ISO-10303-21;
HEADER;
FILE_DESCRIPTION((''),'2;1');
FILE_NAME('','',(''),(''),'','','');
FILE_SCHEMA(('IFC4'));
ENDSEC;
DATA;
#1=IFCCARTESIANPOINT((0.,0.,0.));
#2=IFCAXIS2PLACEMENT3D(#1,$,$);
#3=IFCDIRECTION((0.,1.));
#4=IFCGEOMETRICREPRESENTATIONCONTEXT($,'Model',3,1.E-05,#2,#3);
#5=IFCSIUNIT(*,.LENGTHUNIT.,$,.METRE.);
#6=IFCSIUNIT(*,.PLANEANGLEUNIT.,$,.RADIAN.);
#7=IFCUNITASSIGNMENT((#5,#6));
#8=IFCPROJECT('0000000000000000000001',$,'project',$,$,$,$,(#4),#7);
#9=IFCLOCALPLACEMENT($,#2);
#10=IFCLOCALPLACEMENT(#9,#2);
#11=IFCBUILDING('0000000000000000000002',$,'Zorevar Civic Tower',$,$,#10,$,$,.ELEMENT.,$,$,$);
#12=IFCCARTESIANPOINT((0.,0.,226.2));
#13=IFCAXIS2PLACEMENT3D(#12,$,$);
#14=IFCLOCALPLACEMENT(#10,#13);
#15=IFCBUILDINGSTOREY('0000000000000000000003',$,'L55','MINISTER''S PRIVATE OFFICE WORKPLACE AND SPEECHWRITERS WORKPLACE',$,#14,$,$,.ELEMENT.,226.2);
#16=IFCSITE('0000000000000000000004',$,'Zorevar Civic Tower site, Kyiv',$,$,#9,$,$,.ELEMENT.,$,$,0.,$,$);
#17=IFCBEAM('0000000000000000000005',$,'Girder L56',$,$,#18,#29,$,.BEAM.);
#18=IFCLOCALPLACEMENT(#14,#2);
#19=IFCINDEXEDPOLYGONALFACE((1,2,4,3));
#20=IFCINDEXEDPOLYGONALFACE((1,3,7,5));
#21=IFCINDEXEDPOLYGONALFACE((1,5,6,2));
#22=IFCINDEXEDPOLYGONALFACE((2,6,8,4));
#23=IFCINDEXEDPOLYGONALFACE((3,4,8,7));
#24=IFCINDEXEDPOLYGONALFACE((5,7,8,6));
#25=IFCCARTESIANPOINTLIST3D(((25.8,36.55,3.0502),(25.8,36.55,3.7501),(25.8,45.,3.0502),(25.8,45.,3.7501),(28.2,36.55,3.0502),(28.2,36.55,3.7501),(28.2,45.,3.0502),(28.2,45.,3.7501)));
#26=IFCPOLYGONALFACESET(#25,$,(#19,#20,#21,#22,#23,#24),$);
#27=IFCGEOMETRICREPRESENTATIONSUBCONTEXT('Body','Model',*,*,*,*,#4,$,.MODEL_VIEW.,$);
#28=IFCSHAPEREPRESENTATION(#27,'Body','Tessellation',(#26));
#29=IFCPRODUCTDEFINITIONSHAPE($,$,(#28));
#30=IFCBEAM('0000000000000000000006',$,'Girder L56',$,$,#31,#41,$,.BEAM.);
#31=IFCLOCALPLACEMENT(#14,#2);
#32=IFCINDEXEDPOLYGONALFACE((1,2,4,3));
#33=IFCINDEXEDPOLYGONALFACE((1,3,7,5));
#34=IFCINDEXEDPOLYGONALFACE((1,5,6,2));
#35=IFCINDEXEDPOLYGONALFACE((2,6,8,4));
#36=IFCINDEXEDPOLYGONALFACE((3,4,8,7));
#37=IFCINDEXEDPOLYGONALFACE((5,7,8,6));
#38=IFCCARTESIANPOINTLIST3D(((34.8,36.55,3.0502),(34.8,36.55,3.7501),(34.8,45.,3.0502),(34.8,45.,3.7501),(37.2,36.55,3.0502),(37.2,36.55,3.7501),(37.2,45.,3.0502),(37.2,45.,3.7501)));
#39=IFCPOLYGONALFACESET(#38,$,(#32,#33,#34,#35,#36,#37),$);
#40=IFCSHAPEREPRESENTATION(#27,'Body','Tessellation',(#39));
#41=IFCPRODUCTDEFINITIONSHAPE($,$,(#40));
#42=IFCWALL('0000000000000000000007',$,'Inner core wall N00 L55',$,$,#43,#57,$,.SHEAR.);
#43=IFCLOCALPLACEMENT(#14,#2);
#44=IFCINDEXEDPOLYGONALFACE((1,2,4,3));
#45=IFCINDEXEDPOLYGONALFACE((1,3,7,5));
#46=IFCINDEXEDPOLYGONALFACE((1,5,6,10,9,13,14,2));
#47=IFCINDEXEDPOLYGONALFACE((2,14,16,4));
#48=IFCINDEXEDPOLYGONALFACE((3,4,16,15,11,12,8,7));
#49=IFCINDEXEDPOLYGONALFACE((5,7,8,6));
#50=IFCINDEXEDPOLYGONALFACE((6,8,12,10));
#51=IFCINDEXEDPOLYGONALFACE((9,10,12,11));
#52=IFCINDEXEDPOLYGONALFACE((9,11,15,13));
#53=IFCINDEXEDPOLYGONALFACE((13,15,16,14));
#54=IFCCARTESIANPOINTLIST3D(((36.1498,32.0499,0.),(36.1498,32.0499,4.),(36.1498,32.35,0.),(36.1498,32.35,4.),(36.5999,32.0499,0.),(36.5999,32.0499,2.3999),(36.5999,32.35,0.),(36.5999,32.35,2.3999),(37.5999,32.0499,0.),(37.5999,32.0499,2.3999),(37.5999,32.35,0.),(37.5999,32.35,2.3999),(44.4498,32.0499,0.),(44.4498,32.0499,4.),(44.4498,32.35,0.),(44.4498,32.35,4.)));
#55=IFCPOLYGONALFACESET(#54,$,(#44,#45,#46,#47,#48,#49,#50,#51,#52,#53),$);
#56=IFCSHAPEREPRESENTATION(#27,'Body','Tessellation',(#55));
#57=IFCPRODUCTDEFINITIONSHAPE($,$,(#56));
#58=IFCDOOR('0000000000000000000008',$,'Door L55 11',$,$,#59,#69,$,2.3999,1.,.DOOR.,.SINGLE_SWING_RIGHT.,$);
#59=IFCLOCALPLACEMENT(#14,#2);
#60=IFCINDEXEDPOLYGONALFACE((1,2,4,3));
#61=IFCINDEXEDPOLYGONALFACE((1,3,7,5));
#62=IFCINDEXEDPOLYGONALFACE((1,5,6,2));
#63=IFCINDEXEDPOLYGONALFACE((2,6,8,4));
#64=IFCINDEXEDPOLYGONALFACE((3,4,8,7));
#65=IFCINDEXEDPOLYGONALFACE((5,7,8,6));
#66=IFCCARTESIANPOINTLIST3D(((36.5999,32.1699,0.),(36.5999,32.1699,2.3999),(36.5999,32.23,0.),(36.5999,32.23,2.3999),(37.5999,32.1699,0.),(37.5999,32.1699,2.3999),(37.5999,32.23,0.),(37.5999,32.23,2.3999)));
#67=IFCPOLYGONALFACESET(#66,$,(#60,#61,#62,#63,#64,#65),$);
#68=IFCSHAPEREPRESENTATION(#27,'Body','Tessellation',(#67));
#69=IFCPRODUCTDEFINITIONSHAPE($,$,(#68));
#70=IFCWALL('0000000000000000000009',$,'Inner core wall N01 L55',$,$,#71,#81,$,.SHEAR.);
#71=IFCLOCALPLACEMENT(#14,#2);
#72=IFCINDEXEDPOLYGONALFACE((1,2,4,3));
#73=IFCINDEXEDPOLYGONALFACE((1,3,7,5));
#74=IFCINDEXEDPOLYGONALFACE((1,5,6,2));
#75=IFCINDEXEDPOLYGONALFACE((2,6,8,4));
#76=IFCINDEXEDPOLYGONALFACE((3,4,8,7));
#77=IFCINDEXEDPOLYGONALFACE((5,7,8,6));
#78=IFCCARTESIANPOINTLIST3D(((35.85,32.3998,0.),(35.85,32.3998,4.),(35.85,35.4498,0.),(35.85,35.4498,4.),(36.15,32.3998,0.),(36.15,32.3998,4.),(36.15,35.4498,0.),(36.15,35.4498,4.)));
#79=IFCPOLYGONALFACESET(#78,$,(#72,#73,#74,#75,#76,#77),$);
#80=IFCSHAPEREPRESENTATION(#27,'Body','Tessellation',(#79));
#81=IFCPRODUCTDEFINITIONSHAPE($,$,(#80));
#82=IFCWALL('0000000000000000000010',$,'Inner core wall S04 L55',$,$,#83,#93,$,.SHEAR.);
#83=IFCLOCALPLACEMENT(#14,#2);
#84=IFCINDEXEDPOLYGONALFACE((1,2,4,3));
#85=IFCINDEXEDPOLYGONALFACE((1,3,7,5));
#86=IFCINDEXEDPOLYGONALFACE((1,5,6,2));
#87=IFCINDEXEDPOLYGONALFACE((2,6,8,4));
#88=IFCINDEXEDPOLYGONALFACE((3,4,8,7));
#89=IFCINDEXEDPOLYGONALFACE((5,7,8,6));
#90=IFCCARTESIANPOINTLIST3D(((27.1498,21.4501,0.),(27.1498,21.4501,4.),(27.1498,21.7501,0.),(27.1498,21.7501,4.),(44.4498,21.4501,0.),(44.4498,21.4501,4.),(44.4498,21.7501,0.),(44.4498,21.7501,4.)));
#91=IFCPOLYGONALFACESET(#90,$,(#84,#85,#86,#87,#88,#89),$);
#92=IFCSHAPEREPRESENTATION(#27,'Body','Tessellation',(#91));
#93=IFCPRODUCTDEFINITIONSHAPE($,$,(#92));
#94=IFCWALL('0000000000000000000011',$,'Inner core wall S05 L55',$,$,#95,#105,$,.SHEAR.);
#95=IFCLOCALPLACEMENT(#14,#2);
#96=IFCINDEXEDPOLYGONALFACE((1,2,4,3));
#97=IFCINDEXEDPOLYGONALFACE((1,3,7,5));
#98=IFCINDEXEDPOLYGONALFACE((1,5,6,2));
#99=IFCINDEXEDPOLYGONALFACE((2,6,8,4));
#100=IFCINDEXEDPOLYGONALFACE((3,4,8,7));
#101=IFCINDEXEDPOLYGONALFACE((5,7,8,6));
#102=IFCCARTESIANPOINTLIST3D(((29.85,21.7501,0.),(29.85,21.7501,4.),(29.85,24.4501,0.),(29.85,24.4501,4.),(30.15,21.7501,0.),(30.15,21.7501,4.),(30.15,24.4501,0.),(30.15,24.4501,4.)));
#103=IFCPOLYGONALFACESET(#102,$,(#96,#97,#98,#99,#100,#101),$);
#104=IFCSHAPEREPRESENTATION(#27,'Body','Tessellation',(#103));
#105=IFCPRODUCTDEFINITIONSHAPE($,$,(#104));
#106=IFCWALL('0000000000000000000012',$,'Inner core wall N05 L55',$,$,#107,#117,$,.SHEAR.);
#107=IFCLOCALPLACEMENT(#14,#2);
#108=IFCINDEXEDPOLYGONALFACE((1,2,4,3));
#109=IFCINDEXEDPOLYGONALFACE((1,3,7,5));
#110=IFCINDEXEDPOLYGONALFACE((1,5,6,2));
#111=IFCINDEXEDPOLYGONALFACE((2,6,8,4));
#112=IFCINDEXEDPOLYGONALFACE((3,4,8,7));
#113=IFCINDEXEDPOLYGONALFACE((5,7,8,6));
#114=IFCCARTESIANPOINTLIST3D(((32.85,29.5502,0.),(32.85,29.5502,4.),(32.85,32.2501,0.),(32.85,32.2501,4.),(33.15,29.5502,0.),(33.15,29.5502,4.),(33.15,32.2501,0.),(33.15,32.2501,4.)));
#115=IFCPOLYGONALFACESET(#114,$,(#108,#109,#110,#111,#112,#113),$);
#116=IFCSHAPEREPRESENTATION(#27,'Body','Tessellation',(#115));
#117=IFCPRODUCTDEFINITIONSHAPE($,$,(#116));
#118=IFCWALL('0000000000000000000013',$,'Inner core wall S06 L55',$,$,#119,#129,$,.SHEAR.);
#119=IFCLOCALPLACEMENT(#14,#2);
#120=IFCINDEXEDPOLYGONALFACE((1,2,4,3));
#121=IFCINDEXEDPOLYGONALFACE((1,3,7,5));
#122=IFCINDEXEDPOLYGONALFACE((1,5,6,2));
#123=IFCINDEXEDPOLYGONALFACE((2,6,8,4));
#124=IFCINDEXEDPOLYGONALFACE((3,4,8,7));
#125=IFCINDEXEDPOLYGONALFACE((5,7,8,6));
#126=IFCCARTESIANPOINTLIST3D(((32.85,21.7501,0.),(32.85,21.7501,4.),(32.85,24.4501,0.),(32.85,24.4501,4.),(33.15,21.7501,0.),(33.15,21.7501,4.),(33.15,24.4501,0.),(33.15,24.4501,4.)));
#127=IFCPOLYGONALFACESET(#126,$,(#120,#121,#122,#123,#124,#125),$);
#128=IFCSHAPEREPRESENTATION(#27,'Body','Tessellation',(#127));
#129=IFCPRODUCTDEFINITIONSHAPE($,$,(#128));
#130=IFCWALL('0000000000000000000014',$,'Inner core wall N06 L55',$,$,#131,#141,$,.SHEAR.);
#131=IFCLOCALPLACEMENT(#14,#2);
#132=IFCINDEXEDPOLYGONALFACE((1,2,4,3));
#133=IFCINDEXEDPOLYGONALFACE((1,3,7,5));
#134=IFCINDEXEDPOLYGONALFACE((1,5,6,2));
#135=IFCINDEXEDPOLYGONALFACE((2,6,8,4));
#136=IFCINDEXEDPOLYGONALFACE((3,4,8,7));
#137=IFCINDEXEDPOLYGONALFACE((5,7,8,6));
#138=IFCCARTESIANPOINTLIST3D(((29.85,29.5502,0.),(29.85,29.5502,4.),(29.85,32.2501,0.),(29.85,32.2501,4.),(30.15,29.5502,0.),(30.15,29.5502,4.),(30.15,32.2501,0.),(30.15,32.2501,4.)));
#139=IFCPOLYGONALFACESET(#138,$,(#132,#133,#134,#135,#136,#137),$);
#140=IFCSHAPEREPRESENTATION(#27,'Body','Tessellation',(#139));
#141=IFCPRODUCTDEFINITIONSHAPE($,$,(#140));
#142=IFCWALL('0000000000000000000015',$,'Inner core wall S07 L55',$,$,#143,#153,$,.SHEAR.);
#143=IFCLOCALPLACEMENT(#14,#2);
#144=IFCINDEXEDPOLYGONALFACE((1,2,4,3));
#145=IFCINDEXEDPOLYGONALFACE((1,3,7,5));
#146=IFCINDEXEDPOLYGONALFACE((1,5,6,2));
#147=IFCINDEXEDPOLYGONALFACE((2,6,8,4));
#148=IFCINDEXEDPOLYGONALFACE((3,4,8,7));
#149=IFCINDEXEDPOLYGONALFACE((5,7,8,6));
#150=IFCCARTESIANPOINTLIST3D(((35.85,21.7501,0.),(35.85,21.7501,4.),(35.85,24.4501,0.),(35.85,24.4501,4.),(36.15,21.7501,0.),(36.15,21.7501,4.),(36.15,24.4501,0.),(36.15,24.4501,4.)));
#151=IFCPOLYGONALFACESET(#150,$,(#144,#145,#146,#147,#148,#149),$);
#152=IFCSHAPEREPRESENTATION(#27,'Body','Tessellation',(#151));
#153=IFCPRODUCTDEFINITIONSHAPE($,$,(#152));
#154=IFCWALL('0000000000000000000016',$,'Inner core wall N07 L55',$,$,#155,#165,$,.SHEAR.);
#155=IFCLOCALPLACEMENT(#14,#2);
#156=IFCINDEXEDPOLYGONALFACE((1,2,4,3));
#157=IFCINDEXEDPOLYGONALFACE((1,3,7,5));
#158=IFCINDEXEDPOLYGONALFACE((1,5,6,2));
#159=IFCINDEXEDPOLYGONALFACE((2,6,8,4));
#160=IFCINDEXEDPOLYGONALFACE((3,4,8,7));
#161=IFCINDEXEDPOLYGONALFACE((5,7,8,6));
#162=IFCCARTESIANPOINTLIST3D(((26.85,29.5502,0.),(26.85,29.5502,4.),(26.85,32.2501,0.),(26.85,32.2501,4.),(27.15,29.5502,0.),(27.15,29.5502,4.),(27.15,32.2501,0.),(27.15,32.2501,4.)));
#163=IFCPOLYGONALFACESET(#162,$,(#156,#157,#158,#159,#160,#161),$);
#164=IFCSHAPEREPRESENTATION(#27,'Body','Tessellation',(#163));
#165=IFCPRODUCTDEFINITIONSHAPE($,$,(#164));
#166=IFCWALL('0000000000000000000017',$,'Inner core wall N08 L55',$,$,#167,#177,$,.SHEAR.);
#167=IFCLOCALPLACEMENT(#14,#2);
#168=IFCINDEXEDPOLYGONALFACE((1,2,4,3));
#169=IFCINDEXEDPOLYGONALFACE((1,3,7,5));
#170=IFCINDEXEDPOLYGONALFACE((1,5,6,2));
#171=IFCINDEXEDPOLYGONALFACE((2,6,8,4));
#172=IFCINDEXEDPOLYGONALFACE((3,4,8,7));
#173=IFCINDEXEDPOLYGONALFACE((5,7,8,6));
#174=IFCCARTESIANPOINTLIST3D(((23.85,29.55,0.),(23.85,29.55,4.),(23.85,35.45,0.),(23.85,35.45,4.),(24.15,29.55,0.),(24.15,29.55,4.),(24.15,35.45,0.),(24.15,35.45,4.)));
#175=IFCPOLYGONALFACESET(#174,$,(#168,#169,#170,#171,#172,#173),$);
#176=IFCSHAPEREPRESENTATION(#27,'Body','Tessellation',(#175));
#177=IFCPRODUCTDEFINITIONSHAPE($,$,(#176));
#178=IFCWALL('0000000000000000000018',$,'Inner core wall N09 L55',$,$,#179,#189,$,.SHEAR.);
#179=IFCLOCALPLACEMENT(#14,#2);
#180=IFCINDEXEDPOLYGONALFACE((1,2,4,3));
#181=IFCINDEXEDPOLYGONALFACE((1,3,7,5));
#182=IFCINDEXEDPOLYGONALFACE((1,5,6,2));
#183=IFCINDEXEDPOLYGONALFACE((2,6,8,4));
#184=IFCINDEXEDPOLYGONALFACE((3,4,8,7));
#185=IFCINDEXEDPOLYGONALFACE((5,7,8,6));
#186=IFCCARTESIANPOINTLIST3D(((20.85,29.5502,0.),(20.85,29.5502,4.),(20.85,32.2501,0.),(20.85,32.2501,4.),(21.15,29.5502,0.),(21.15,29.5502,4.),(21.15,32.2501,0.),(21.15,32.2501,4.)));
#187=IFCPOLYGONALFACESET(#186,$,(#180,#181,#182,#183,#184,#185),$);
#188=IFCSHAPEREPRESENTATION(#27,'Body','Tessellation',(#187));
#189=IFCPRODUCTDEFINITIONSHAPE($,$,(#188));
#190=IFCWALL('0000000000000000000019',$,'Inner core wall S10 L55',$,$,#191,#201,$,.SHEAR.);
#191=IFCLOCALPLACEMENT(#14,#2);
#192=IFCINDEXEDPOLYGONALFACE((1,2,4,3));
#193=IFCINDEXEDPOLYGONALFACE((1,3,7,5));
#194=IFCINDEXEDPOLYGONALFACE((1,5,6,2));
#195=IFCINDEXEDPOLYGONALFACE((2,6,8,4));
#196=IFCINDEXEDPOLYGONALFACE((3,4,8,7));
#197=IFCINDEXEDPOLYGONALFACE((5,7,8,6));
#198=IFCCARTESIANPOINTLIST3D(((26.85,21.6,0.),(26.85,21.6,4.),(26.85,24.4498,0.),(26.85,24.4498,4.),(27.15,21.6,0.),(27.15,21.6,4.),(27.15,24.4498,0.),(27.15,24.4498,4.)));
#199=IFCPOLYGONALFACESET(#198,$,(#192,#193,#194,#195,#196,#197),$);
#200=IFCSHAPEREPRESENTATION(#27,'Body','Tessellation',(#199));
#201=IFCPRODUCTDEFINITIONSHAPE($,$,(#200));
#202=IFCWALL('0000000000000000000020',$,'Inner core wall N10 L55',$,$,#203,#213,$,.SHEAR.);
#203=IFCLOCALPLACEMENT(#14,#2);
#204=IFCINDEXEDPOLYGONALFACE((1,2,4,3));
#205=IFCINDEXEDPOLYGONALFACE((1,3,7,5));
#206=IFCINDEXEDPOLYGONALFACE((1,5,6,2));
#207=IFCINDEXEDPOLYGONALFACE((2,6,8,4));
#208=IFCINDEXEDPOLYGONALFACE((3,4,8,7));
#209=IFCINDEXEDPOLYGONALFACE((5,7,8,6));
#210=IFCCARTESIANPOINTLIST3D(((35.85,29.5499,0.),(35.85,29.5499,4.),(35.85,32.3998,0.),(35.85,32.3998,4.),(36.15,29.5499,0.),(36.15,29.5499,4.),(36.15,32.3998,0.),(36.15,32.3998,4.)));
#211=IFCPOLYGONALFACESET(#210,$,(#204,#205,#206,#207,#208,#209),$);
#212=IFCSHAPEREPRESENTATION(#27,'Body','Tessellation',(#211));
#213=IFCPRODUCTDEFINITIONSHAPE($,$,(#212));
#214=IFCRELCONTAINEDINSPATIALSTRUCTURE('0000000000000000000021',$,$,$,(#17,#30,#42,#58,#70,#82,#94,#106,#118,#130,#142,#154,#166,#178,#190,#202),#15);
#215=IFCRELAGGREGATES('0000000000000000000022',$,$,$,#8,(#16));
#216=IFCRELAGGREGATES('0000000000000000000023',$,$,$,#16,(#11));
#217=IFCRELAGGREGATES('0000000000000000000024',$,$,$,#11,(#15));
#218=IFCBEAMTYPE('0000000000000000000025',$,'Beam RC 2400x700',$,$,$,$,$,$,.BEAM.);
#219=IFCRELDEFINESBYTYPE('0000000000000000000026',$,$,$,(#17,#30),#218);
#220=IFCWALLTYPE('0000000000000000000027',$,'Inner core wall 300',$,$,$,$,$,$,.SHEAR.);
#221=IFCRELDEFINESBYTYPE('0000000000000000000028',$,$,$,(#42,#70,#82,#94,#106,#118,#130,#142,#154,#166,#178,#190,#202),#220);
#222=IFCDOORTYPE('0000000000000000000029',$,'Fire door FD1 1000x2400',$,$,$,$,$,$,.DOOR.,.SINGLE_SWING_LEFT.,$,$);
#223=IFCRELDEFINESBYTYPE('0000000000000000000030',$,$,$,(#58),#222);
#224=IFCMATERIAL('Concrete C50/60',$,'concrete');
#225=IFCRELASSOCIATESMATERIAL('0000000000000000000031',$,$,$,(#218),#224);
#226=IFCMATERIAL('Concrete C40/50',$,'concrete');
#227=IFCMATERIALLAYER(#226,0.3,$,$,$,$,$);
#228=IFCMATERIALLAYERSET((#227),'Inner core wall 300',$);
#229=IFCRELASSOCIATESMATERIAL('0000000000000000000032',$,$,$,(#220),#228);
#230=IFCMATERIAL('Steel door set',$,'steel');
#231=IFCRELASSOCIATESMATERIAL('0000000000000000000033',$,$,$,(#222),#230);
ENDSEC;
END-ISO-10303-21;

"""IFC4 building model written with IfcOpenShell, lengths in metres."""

from ifc_helpers import new_model, si_unit, direction, frame, frame_2d, origin, origin_2d, place, context, subcontext, project, spatial, rectangle, extrude, material, layer, layer_set, material_profile, profile_set, type_object, element, fill, save


model = new_model("IFC4")

# Units and contexts
model_context = context("Model", 3, precision=1e-05, world=origin(), true_north=direction((0.0, 1.0)))
body_context = subcontext(model_context, "Body", "Model", "MODEL_VIEW")
ifc_project = project(units=[si_unit("LENGTHUNIT", "METRE"), si_unit("PLANEANGLEUNIT", "RADIAN")], contexts=[model_context])

# Site, building, storey
site_placement = place(None, origin())
site = spatial("IfcSite", under=ifc_project, at=site_placement, Name="Zorevar Civic Tower site, Kyiv", CompositionType="ELEMENT", RefElevation=0.0)
building_placement = place(site_placement, origin())
building = spatial("IfcBuilding", under=site, at=building_placement, Name="Zorevar Civic Tower", CompositionType="ELEMENT")
storey_placement = place(building_placement, frame((0.0, 0.0, 226.2)))
storey = spatial("IfcBuildingStorey", under=building, at=storey_placement, Name="L55", Description="MINISTER'S PRIVATE OFFICE WORKPLACE AND SPEECHWRITERS WORKPLACE", CompositionType="ELEMENT", Elevation=226.2)

# Beams
ifc_material_1 = material(Name="Concrete C50/60", Category="concrete")
ifc_material_profile = material_profile(ifc_material_1, rectangle(XDim=2.3999, YDim=0.7, at=origin_2d()), Name="RC 2400x700")
ifc_profile_set = profile_set([ifc_material_profile], Name="Concrete C50/60")
beam_type = type_object("IfcBeamType", Name="Beam RC 2400x700", PredefinedType="BEAM", material=ifc_profile_set)
for number, where, z_axis, x_axis, name in (
    (1, (27.0, 36.55, 3.4001), (0.0, 1.0, 0.0), (-1.0, 0.0, 0.0), "Girder L56"),
    (2, (36.0, 36.55, 3.4001), (0.0, 1.0, 0.0), (-1.0, 0.0, 0.0), "Girder L56"),
):
    element("IfcBeam", number, at=place(storey_placement, frame(where, z_axis=z_axis, x_axis=x_axis)), inside=storey, type_object=beam_type, Name=name, PredefinedType="BEAM", context=body_context, shape_type="SweptSolid", body=[
        extrude(rectangle(XDim=2.3999, YDim=0.7, at=origin_2d()), origin(), (0.0, 0.0, 1.0), 8.45),
    ])

# Wall, opening, door
ifc_material_2 = material(Name="Concrete C40/50", Category="concrete")
ifc_layer_1 = layer(ifc_material_2, 0.3)
ifc_layer_set_1 = layer_set([ifc_layer_1], Name="Inner core wall 300")
wall_type_1 = type_object("IfcWallType", Name="Inner core wall 300", PredefinedType="SHEAR", material=ifc_layer_set_1)
wall_1_placement = place(storey_placement, frame((36.1499, 32.2, 0.0), z_axis=(0.0, 0.0, 1.0), x_axis=(1.0, 0.0, 0.0)))
wall_1 = element("IfcWall", 3, at=wall_1_placement, inside=storey, type_object=wall_type_1, Name="Inner core wall N00 L55", PredefinedType="SHEAR", context=body_context, shape_type="SweptSolid", body=[
    extrude(rectangle(XDim=8.3, YDim=0.3, at=frame_2d((4.1499, 0.0))), origin(), (0.0, 0.0, 1.0), 4.0),
])
opening_1_placement = place(wall_1_placement, frame((0.45, 0.0, 0.0)))
opening_1 = element("IfcOpeningElement", 4, at=opening_1_placement, cuts=wall_1, PredefinedType="OPENING", context=body_context, shape_type="SweptSolid", body=[
    extrude(rectangle(XDim=1.0, YDim=2.3999, at=frame_2d((0.5, 1.2))), frame((0.0, 0.1599, 0.0), z_axis=(0.0, -1.0, 0.0), x_axis=(1.0, 0.0, 0.0)), (0.0, 0.0, 1.0), 0.3201),
])
ifc_material_3 = material(Name="Steel door set", Category="steel")
door_type_1 = type_object("IfcDoorType", Name="Fire door FD1 1000x2400", OperationType="SINGLE_SWING_LEFT", PredefinedType="DOOR", material=ifc_material_3)
door_1_placement = place(opening_1_placement, origin())
door_1 = element("IfcDoor", 5, at=door_1_placement, inside=storey, type_object=door_type_1, Name="Door L55 11", OperationType="SINGLE_SWING_RIGHT", OverallHeight=2.3999, OverallWidth=1.0, PredefinedType="DOOR", context=body_context, shape_type="SweptSolid", body=[
    extrude(rectangle(XDim=1.0, YDim=2.3999, at=frame_2d((0.5, 1.2))), frame((0.0, 0.03, 0.0), z_axis=(0.0, -1.0, 0.0), x_axis=(1.0, 0.0, 0.0)), (0.0, 0.0, 1.0), 0.0601),
])
fill(opening_1, door_1)

# Walls
wall_2_placement = place(storey_placement, frame((36.0, 32.3999, 0.0), z_axis=(0.0, 0.0, 1.0), x_axis=(0.0, 1.0, 0.0)))
element("IfcWall", 6, at=wall_2_placement, inside=storey, type_object=wall_type_1, Name="Inner core wall N01 L55", PredefinedType="SHEAR", context=body_context, shape_type="SweptSolid", body=[
    extrude(rectangle(XDim=3.05, YDim=0.3, at=frame_2d((1.5249, 0.0))), origin(), (0.0, 0.0, 1.0), 4.0),
])
wall_3_placement = place(storey_placement, frame((27.1499, 21.6001, 0.0), z_axis=(0.0, 0.0, 1.0), x_axis=(1.0, 0.0, 0.0)))
element("IfcWall", 7, at=wall_3_placement, inside=storey, type_object=wall_type_1, Name="Inner core wall S04 L55", PredefinedType="SHEAR", context=body_context, shape_type="SweptSolid", body=[
    extrude(rectangle(XDim=17.3, YDim=0.3, at=frame_2d((8.6499, 0.0))), origin(), (0.0, 0.0, 1.0), 4.0),
])
for number, where, z_axis, x_axis, name in (
    (8, (30.0, 21.75, 0.0), (0.0, 0.0, 1.0), (0.0, 1.0, 0.0), "Inner core wall S05 L55"),
    (9, (33.0, 29.55, 0.0), (0.0, 0.0, 1.0), (0.0, 1.0, 0.0), "Inner core wall N05 L55"),
    (10, (33.0, 21.75, 0.0), (0.0, 0.0, 1.0), (0.0, 1.0, 0.0), "Inner core wall S06 L55"),
    (11, (30.0, 29.55, 0.0), (0.0, 0.0, 1.0), (0.0, 1.0, 0.0), "Inner core wall N06 L55"),
    (12, (36.0, 21.75, 0.0), (0.0, 0.0, 1.0), (0.0, 1.0, 0.0), "Inner core wall S07 L55"),
    (13, (27.0, 29.55, 0.0), (0.0, 0.0, 1.0), (0.0, 1.0, 0.0), "Inner core wall N07 L55"),
):
    element("IfcWall", number, at=place(storey_placement, frame(where, z_axis=z_axis, x_axis=x_axis)), inside=storey, type_object=wall_type_1, Name=name, PredefinedType="SHEAR", context=body_context, shape_type="SweptSolid", body=[
        extrude(rectangle(XDim=2.7, YDim=0.3, at=frame_2d((1.3501, 0.0))), origin(), (0.0, 0.0, 1.0), 4.0),
    ])
wall_4_placement = place(storey_placement, frame((24.0, 29.55, 0.0), z_axis=(0.0, 0.0, 1.0), x_axis=(0.0, 1.0, 0.0)))
element("IfcWall", 14, at=wall_4_placement, inside=storey, type_object=wall_type_1, Name="Inner core wall N08 L55", PredefinedType="SHEAR", context=body_context, shape_type="SweptSolid", body=[
    extrude(rectangle(XDim=5.8999, YDim=0.3, at=frame_2d((2.95, 0.0))), origin(), (0.0, 0.0, 1.0), 4.0),
])
wall_5_placement = place(storey_placement, frame((21.0, 29.55, 0.0), z_axis=(0.0, 0.0, 1.0), x_axis=(0.0, 1.0, 0.0)))
element("IfcWall", 15, at=wall_5_placement, inside=storey, type_object=wall_type_1, Name="Inner core wall N09 L55", PredefinedType="SHEAR", context=body_context, shape_type="SweptSolid", body=[
    extrude(rectangle(XDim=2.7, YDim=0.3, at=frame_2d((1.3501, 0.0))), origin(), (0.0, 0.0, 1.0), 4.0),
])
for number, where, z_axis, x_axis, name in (
    (16, (27.0, 21.6001, 0.0), (0.0, 0.0, 1.0), (0.0, 1.0, 0.0), "Inner core wall S10 L55"),
    (17, (36.0, 29.55, 0.0), (0.0, 0.0, 1.0), (0.0, 1.0, 0.0), "Inner core wall N10 L55"),
):
    element("IfcWall", number, at=place(storey_placement, frame(where, z_axis=z_axis, x_axis=x_axis)), inside=storey, type_object=wall_type_1, Name=name, PredefinedType="SHEAR", context=body_context, shape_type="SweptSolid", body=[
        extrude(rectangle(XDim=2.8499, YDim=0.3, at=frame_2d((1.4248, 0.0))), origin(), (0.0, 0.0, 1.0), 4.0),
    ])

save(model, "model.ifc")
